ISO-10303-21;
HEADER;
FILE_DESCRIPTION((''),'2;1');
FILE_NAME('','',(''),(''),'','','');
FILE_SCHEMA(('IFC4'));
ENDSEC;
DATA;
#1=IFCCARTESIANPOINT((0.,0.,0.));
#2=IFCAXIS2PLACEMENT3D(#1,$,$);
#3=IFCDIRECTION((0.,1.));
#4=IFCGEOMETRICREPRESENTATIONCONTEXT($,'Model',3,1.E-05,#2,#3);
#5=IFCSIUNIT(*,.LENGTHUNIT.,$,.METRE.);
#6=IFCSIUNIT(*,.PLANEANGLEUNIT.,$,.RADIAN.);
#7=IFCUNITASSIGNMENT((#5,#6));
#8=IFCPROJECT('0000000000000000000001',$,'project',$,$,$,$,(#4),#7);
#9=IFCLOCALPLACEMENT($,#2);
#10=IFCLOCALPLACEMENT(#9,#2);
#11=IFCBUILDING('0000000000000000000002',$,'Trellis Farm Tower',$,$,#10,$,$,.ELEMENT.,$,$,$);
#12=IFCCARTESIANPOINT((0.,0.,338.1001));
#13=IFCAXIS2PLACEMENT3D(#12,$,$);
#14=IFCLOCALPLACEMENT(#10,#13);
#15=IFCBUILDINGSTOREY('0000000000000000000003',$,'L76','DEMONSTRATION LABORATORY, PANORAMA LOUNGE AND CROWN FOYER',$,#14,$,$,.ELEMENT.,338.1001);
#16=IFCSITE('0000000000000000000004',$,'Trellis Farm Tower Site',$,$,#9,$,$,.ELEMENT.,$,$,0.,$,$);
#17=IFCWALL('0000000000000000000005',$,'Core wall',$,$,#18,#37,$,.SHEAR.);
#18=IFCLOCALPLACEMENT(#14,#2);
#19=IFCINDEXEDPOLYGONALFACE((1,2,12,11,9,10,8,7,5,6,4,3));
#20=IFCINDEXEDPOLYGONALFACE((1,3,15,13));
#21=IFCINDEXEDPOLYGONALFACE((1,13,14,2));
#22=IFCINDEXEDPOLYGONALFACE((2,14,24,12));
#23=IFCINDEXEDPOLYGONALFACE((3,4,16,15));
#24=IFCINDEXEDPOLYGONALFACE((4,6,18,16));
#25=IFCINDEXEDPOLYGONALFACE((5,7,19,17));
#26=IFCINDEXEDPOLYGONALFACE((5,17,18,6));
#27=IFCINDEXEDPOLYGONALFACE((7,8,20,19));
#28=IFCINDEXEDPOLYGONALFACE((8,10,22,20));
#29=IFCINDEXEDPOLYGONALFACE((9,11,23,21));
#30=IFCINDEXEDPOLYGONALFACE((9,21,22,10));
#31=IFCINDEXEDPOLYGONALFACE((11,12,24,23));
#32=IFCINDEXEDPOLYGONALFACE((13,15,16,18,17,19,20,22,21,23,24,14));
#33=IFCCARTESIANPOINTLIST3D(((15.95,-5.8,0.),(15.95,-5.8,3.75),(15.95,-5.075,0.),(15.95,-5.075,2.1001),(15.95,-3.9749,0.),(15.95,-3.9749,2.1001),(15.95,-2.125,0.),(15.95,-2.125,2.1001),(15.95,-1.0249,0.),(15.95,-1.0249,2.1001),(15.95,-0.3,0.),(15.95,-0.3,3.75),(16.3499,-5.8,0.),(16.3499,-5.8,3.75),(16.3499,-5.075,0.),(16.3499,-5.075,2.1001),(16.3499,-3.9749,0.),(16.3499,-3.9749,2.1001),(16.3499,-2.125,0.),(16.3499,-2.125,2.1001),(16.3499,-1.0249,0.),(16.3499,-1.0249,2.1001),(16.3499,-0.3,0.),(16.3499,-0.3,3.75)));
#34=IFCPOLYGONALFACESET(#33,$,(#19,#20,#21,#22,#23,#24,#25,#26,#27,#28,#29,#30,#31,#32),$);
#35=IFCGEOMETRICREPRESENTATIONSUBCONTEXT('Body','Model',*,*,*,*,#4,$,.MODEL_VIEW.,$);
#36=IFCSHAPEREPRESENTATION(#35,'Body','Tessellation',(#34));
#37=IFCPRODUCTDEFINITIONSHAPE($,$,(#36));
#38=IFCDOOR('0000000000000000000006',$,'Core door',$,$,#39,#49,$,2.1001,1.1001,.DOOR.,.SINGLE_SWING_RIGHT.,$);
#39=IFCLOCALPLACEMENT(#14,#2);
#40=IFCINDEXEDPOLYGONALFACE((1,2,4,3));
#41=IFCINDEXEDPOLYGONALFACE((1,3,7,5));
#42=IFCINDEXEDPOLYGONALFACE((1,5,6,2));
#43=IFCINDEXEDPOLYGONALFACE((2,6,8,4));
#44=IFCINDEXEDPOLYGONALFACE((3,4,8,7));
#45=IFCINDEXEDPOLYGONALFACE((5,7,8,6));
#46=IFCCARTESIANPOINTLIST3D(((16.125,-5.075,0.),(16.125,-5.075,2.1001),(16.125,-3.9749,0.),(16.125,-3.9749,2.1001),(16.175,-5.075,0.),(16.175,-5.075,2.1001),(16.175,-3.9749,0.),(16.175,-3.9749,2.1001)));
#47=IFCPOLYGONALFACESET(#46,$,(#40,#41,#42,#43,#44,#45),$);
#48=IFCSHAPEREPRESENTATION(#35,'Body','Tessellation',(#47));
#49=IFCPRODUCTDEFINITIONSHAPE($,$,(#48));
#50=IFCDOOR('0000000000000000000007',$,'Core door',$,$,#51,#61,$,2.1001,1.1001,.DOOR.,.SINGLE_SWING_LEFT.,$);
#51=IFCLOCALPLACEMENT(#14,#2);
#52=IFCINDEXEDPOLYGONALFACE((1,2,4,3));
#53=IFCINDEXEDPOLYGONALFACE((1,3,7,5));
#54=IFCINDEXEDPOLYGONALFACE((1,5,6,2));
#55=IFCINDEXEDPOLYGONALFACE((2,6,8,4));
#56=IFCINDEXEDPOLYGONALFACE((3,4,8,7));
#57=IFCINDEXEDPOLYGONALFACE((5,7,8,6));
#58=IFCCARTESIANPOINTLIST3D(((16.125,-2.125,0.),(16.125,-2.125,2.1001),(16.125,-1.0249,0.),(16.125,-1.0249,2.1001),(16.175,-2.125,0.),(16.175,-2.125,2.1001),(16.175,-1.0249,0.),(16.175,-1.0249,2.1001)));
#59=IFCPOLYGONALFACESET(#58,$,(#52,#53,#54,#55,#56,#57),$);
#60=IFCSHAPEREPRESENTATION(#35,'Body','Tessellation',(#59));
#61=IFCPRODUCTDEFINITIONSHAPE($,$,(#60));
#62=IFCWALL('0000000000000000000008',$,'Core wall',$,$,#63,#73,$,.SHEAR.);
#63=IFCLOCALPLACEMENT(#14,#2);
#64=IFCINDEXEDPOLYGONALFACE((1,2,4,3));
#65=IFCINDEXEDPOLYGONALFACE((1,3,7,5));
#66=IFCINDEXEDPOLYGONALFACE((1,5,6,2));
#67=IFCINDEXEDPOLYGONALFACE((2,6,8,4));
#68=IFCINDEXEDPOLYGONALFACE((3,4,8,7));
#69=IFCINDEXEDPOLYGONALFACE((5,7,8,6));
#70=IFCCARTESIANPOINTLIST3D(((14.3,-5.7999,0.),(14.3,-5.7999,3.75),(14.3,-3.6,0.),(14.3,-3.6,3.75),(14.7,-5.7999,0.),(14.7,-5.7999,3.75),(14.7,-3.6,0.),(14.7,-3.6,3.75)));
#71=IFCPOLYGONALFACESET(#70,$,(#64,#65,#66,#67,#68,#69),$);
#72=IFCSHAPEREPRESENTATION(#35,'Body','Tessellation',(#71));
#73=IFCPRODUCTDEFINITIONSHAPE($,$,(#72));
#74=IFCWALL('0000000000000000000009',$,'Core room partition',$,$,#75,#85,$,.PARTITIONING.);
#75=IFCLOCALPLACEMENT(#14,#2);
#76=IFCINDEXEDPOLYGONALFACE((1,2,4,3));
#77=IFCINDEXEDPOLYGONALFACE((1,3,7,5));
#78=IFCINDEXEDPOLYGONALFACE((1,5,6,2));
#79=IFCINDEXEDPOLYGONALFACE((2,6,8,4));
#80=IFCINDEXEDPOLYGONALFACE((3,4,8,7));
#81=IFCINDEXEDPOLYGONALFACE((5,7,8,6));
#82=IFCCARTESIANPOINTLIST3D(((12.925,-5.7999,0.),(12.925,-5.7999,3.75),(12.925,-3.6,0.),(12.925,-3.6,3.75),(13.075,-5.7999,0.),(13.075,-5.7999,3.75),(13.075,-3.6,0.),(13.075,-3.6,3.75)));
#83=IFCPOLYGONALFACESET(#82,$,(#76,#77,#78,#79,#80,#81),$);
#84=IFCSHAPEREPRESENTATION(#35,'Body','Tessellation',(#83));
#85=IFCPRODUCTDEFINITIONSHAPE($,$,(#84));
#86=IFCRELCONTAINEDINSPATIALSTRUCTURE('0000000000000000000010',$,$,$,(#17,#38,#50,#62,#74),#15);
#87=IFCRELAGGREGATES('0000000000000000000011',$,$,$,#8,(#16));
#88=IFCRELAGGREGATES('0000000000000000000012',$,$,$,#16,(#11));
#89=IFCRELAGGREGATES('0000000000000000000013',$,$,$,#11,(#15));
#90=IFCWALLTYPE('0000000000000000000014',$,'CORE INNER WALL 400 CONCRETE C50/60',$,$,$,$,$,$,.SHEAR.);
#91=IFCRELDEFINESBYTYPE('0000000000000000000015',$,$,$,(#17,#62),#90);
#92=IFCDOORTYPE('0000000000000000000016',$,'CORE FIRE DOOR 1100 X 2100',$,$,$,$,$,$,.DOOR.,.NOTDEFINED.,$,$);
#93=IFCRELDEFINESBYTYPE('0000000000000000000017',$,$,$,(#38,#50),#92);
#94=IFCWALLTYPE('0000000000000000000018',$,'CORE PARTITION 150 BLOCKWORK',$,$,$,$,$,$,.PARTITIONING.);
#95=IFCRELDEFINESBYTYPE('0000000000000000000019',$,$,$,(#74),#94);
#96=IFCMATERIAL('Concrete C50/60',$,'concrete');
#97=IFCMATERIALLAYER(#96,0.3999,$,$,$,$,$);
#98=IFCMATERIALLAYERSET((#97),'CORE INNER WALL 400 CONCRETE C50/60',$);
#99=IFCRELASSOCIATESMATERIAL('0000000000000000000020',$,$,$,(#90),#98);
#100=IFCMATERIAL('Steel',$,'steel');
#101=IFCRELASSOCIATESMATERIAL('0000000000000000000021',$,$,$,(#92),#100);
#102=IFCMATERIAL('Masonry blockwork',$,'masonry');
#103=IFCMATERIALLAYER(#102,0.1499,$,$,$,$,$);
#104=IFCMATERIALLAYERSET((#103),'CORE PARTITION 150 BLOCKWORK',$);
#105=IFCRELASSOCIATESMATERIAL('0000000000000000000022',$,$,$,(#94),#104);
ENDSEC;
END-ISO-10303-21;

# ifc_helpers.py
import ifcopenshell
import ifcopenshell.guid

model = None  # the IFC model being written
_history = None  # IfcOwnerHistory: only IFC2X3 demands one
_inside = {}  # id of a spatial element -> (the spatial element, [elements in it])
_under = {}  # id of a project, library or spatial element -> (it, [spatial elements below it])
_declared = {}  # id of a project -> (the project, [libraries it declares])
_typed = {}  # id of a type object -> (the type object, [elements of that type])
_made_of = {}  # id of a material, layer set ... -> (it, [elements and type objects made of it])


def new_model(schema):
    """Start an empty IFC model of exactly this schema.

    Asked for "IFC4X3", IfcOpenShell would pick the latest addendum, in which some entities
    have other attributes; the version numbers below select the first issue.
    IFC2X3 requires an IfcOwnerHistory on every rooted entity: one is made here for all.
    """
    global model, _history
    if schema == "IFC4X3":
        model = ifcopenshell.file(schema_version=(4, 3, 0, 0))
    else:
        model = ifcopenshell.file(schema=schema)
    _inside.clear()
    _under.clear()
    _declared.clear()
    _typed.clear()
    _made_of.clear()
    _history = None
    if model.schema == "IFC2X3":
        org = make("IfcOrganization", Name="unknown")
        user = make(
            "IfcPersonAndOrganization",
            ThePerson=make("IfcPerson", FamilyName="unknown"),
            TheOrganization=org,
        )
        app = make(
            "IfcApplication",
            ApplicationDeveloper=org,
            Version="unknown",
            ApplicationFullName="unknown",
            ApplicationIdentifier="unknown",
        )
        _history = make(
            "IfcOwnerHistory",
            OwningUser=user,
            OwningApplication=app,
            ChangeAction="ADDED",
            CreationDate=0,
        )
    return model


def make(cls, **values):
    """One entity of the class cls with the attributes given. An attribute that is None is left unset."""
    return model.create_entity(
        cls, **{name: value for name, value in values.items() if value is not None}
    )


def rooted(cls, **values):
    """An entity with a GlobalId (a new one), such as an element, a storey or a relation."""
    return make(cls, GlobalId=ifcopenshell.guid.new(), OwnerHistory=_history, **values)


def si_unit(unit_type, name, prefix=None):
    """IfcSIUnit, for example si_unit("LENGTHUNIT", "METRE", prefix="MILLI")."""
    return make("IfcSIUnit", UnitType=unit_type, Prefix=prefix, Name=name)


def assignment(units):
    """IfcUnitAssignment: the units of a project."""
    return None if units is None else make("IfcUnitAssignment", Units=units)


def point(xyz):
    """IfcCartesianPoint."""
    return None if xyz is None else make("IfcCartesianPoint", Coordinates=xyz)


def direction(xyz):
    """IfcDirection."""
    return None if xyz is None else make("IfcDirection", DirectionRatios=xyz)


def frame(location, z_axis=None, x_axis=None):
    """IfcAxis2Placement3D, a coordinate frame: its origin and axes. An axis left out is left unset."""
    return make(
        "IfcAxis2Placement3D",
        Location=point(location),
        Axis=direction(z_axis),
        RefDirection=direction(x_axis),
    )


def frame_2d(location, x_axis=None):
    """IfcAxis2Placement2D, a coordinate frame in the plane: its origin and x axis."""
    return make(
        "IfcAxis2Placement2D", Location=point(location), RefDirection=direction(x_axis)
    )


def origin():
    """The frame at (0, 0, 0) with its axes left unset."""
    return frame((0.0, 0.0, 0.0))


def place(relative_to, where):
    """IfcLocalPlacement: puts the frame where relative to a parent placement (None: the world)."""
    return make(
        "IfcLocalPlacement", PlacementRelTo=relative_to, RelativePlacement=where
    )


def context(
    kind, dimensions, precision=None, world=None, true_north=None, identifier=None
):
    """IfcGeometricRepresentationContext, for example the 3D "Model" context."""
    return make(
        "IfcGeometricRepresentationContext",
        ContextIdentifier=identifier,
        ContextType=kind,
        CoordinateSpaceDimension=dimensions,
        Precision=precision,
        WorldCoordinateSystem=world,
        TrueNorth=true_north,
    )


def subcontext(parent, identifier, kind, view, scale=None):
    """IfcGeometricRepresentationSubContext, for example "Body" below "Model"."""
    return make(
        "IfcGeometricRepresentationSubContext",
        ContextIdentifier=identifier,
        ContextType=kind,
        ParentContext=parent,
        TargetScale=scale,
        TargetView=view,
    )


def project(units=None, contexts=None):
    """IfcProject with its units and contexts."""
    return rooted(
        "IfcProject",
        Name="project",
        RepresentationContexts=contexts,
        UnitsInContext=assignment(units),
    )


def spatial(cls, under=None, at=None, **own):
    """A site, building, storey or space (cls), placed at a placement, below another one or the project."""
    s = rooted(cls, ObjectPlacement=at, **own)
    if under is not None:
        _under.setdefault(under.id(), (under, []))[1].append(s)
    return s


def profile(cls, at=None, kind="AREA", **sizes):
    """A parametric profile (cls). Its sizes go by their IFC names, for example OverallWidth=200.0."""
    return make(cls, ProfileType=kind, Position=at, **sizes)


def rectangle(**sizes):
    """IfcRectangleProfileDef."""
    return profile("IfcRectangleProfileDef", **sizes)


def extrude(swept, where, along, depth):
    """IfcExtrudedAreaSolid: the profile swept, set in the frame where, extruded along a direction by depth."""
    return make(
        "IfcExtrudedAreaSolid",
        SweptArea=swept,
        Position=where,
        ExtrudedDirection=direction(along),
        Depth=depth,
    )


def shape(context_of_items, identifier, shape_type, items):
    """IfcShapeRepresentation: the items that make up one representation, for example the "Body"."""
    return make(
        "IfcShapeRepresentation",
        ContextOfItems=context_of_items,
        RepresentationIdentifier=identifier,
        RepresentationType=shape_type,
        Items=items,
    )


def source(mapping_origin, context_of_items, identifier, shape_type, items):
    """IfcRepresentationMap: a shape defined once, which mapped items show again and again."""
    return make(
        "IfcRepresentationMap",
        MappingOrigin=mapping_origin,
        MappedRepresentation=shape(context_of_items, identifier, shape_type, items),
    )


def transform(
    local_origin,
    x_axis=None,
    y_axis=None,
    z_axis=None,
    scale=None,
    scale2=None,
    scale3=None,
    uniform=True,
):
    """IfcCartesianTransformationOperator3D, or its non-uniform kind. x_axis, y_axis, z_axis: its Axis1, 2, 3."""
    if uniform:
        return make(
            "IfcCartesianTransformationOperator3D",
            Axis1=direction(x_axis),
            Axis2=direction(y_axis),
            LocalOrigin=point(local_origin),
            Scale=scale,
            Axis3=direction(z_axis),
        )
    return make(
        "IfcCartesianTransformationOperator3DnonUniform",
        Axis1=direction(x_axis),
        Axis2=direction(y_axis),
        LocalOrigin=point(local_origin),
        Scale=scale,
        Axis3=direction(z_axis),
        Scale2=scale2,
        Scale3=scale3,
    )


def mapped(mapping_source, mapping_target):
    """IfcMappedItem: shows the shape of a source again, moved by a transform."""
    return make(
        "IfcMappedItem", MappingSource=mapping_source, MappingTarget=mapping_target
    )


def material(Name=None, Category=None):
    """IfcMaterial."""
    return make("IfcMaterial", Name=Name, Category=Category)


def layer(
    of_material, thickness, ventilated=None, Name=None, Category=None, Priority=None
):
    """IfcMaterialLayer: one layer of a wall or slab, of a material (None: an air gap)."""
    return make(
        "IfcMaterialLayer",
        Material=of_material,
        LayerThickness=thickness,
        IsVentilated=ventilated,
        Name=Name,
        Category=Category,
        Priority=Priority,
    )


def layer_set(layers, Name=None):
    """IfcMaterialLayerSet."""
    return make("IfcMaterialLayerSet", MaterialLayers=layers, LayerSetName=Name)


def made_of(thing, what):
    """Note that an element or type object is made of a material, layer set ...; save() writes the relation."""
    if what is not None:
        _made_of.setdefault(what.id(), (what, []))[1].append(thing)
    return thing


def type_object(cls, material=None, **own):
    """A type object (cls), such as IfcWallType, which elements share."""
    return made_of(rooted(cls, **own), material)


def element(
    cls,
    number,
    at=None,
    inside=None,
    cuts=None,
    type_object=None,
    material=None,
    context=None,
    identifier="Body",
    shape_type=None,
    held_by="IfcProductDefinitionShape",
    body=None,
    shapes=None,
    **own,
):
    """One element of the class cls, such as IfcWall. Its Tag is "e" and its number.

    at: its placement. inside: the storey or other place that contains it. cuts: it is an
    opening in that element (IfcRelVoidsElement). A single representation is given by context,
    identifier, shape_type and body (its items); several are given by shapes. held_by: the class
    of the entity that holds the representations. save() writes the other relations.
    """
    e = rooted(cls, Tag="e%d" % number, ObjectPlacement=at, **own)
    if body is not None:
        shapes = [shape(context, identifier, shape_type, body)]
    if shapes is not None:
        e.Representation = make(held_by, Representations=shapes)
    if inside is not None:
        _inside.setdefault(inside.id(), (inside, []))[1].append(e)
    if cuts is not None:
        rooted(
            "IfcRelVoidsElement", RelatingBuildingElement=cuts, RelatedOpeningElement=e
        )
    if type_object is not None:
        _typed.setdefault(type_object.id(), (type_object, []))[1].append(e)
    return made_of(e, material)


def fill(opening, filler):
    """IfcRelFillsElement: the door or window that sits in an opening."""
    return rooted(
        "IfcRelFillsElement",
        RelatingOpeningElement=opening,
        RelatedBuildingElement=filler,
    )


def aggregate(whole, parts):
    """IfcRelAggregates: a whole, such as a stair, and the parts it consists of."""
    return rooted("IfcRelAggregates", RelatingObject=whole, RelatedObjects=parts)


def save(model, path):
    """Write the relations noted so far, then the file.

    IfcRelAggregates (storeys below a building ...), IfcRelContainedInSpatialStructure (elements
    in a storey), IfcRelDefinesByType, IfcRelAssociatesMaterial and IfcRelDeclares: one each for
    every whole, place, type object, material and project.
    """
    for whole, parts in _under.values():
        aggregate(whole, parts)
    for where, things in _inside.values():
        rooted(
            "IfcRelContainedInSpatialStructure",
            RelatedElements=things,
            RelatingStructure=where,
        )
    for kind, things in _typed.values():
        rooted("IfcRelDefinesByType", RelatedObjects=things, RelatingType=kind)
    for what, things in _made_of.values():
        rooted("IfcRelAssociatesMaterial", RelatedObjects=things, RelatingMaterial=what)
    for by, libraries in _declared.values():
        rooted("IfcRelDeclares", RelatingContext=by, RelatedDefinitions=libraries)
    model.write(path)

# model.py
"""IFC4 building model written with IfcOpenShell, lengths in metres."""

from ifc_helpers import new_model, si_unit, direction, frame, frame_2d, origin, place, context, subcontext, project, spatial, rectangle, extrude, source, transform, mapped, material, layer, layer_set, type_object, element, fill, save


model = new_model("IFC4")

# Units and contexts
model_context = context("Model", 3, precision=1e-05, world=origin(), true_north=direction((0.0, 1.0)))
body_context = subcontext(model_context, "Body", "Model", "MODEL_VIEW")
ifc_project = project(units=[si_unit("LENGTHUNIT", "METRE"), si_unit("PLANEANGLEUNIT", "RADIAN")], contexts=[model_context])

# Site, building, storey
site_placement = place(None, origin())
site = spatial("IfcSite", under=ifc_project, at=site_placement, Name="Trellis Farm Tower Site", CompositionType="ELEMENT", RefElevation=0.0)
building_placement = place(site_placement, origin())
building = spatial("IfcBuilding", under=site, at=building_placement, Name="Trellis Farm Tower", CompositionType="ELEMENT")
storey_placement = place(building_placement, frame((0.0, 0.0, 338.1001)))
storey = spatial("IfcBuildingStorey", under=building, at=storey_placement, Name="L76", Description="DEMONSTRATION LABORATORY, PANORAMA LOUNGE AND CROWN FOYER", CompositionType="ELEMENT", Elevation=338.1001)

# Shared definitions
ifc_material_1 = material(Name="Concrete C50/60", Category="concrete")

# Shared definitions
ifc_material_2 = material(Name="Steel", Category="steel")

# Wall, openings, doors
ifc_layer_1 = layer(ifc_material_1, 0.3999)
ifc_layer_set_1 = layer_set([ifc_layer_1], Name="CORE INNER WALL 400 CONCRETE C50/60")
wall_type_1 = type_object("IfcWallType", Name="CORE INNER WALL 400 CONCRETE C50/60", PredefinedType="SHEAR", material=ifc_layer_set_1)
shared_shape_1 = source(origin(), body_context, "Body", "SweptSolid", [
    extrude(rectangle(XDim=5.5, YDim=0.3999, at=frame_2d((2.75, 0.0))), origin(), (0.0, 0.0, 1.0), 3.75),
])
wall_1_placement = place(storey_placement, frame((16.1499, -5.8, 0.0), z_axis=(0.0, 0.0, 1.0), x_axis=(0.0, 1.0, 0.0)))
wall_1 = element("IfcWall", 1, at=wall_1_placement, inside=storey, type_object=wall_type_1, Name="Core wall", PredefinedType="SHEAR", context=body_context, shape_type="MappedRepresentation", body=[
    mapped(shared_shape_1, transform((0.0, 0.0, 0.0))),
])
shared_shape_2 = source(origin(), body_context, "Body", "SweptSolid", [
    extrude(rectangle(XDim=1.1001, YDim=2.1001, at=frame_2d((0.55, 1.05))), frame((0.0, 0.21, 0.0), z_axis=(0.0, -1.0, 0.0), x_axis=(1.0, 0.0, 0.0)), (0.0, 0.0, 1.0), 0.4199),
])
opening_1_placement = place(wall_1_placement, frame((0.7251, 0.0, 0.0)))
opening_1 = element("IfcOpeningElement", 2, at=opening_1_placement, cuts=wall_1, PredefinedType="OPENING", context=body_context, shape_type="MappedRepresentation", body=[
    mapped(shared_shape_2, transform((0.0, 0.0, 0.0))),
])
opening_2_placement = place(wall_1_placement, frame((3.675, 0.0, 0.0)))
opening_2 = element("IfcOpeningElement", 3, at=opening_2_placement, cuts=wall_1, PredefinedType="OPENING", context=body_context, shape_type="MappedRepresentation", body=[
    mapped(shared_shape_2, transform((0.0, 0.0, 0.0))),
])
door_type_1 = type_object("IfcDoorType", Name="CORE FIRE DOOR 1100 X 2100", OperationType="NOTDEFINED", PredefinedType="DOOR", material=ifc_material_2)
shared_shape_3 = source(origin(), body_context, "Body", "SweptSolid", [
    extrude(rectangle(XDim=1.1001, YDim=2.1001, at=frame_2d((0.55, 1.05))), frame((0.0, 0.0249, 0.0), z_axis=(0.0, -1.0, 0.0), x_axis=(1.0, 0.0, 0.0)), (0.0, 0.0, 1.0), 0.05),
])
door_1_placement = place(opening_1_placement, origin())
door_1 = element("IfcDoor", 4, at=door_1_placement, inside=storey, type_object=door_type_1, Name="Core door", OperationType="SINGLE_SWING_RIGHT", OverallHeight=2.1001, OverallWidth=1.1001, PredefinedType="DOOR", context=body_context, shape_type="MappedRepresentation", body=[
    mapped(shared_shape_3, transform((0.0, 0.0, 0.0))),
])
fill(opening_1, door_1)
door_2_placement = place(opening_2_placement, origin())
door_2 = element("IfcDoor", 5, at=door_2_placement, inside=storey, type_object=door_type_1, Name="Core door", OperationType="SINGLE_SWING_LEFT", OverallHeight=2.1001, OverallWidth=1.1001, PredefinedType="DOOR", context=body_context, shape_type="MappedRepresentation", body=[
    mapped(shared_shape_3, transform((0.0, 0.0, 0.0))),
])
fill(opening_2, door_2)

# Walls
shared_shape_4 = source(origin(), body_context, "Body", "SweptSolid", [
    extrude(rectangle(XDim=2.2, YDim=0.3999, at=frame_2d((1.1001, 0.0))), origin(), (0.0, 0.0, 1.0), 3.75),
])
wall_2_placement = place(storey_placement, frame((14.5, -5.8, 0.0), z_axis=(0.0, 0.0, 1.0), x_axis=(0.0, 1.0, 0.0)))
element("IfcWall", 6, at=wall_2_placement, inside=storey, type_object=wall_type_1, Name="Core wall", PredefinedType="SHEAR", context=body_context, shape_type="MappedRepresentation", body=[
    mapped(shared_shape_4, transform((0.0, 0.0, 0.0))),
])
ifc_material_3 = material(Name="Masonry blockwork", Category="masonry")
ifc_layer_2 = layer(ifc_material_3, 0.1499)
ifc_layer_set_2 = layer_set([ifc_layer_2], Name="CORE PARTITION 150 BLOCKWORK")
wall_type_2 = type_object("IfcWallType", Name="CORE PARTITION 150 BLOCKWORK", PredefinedType="PARTITIONING", material=ifc_layer_set_2)
shared_shape_5 = source(origin(), body_context, "Body", "SweptSolid", [
    extrude(rectangle(XDim=2.2, YDim=0.1499, at=frame_2d((1.1001, 0.0))), origin(), (0.0, 0.0, 1.0), 3.75),
])
wall_3_placement = place(storey_placement, frame((13.0, -5.8, 0.0), z_axis=(0.0, 0.0, 1.0), x_axis=(0.0, 1.0, 0.0)))
element("IfcWall", 7, at=wall_3_placement, inside=storey, type_object=wall_type_2, Name="Core room partition", PredefinedType="PARTITIONING", context=body_context, shape_type="MappedRepresentation", body=[
    mapped(shared_shape_5, transform((0.0, 0.0, 0.0))),
])

save(model, "model.ifc")
